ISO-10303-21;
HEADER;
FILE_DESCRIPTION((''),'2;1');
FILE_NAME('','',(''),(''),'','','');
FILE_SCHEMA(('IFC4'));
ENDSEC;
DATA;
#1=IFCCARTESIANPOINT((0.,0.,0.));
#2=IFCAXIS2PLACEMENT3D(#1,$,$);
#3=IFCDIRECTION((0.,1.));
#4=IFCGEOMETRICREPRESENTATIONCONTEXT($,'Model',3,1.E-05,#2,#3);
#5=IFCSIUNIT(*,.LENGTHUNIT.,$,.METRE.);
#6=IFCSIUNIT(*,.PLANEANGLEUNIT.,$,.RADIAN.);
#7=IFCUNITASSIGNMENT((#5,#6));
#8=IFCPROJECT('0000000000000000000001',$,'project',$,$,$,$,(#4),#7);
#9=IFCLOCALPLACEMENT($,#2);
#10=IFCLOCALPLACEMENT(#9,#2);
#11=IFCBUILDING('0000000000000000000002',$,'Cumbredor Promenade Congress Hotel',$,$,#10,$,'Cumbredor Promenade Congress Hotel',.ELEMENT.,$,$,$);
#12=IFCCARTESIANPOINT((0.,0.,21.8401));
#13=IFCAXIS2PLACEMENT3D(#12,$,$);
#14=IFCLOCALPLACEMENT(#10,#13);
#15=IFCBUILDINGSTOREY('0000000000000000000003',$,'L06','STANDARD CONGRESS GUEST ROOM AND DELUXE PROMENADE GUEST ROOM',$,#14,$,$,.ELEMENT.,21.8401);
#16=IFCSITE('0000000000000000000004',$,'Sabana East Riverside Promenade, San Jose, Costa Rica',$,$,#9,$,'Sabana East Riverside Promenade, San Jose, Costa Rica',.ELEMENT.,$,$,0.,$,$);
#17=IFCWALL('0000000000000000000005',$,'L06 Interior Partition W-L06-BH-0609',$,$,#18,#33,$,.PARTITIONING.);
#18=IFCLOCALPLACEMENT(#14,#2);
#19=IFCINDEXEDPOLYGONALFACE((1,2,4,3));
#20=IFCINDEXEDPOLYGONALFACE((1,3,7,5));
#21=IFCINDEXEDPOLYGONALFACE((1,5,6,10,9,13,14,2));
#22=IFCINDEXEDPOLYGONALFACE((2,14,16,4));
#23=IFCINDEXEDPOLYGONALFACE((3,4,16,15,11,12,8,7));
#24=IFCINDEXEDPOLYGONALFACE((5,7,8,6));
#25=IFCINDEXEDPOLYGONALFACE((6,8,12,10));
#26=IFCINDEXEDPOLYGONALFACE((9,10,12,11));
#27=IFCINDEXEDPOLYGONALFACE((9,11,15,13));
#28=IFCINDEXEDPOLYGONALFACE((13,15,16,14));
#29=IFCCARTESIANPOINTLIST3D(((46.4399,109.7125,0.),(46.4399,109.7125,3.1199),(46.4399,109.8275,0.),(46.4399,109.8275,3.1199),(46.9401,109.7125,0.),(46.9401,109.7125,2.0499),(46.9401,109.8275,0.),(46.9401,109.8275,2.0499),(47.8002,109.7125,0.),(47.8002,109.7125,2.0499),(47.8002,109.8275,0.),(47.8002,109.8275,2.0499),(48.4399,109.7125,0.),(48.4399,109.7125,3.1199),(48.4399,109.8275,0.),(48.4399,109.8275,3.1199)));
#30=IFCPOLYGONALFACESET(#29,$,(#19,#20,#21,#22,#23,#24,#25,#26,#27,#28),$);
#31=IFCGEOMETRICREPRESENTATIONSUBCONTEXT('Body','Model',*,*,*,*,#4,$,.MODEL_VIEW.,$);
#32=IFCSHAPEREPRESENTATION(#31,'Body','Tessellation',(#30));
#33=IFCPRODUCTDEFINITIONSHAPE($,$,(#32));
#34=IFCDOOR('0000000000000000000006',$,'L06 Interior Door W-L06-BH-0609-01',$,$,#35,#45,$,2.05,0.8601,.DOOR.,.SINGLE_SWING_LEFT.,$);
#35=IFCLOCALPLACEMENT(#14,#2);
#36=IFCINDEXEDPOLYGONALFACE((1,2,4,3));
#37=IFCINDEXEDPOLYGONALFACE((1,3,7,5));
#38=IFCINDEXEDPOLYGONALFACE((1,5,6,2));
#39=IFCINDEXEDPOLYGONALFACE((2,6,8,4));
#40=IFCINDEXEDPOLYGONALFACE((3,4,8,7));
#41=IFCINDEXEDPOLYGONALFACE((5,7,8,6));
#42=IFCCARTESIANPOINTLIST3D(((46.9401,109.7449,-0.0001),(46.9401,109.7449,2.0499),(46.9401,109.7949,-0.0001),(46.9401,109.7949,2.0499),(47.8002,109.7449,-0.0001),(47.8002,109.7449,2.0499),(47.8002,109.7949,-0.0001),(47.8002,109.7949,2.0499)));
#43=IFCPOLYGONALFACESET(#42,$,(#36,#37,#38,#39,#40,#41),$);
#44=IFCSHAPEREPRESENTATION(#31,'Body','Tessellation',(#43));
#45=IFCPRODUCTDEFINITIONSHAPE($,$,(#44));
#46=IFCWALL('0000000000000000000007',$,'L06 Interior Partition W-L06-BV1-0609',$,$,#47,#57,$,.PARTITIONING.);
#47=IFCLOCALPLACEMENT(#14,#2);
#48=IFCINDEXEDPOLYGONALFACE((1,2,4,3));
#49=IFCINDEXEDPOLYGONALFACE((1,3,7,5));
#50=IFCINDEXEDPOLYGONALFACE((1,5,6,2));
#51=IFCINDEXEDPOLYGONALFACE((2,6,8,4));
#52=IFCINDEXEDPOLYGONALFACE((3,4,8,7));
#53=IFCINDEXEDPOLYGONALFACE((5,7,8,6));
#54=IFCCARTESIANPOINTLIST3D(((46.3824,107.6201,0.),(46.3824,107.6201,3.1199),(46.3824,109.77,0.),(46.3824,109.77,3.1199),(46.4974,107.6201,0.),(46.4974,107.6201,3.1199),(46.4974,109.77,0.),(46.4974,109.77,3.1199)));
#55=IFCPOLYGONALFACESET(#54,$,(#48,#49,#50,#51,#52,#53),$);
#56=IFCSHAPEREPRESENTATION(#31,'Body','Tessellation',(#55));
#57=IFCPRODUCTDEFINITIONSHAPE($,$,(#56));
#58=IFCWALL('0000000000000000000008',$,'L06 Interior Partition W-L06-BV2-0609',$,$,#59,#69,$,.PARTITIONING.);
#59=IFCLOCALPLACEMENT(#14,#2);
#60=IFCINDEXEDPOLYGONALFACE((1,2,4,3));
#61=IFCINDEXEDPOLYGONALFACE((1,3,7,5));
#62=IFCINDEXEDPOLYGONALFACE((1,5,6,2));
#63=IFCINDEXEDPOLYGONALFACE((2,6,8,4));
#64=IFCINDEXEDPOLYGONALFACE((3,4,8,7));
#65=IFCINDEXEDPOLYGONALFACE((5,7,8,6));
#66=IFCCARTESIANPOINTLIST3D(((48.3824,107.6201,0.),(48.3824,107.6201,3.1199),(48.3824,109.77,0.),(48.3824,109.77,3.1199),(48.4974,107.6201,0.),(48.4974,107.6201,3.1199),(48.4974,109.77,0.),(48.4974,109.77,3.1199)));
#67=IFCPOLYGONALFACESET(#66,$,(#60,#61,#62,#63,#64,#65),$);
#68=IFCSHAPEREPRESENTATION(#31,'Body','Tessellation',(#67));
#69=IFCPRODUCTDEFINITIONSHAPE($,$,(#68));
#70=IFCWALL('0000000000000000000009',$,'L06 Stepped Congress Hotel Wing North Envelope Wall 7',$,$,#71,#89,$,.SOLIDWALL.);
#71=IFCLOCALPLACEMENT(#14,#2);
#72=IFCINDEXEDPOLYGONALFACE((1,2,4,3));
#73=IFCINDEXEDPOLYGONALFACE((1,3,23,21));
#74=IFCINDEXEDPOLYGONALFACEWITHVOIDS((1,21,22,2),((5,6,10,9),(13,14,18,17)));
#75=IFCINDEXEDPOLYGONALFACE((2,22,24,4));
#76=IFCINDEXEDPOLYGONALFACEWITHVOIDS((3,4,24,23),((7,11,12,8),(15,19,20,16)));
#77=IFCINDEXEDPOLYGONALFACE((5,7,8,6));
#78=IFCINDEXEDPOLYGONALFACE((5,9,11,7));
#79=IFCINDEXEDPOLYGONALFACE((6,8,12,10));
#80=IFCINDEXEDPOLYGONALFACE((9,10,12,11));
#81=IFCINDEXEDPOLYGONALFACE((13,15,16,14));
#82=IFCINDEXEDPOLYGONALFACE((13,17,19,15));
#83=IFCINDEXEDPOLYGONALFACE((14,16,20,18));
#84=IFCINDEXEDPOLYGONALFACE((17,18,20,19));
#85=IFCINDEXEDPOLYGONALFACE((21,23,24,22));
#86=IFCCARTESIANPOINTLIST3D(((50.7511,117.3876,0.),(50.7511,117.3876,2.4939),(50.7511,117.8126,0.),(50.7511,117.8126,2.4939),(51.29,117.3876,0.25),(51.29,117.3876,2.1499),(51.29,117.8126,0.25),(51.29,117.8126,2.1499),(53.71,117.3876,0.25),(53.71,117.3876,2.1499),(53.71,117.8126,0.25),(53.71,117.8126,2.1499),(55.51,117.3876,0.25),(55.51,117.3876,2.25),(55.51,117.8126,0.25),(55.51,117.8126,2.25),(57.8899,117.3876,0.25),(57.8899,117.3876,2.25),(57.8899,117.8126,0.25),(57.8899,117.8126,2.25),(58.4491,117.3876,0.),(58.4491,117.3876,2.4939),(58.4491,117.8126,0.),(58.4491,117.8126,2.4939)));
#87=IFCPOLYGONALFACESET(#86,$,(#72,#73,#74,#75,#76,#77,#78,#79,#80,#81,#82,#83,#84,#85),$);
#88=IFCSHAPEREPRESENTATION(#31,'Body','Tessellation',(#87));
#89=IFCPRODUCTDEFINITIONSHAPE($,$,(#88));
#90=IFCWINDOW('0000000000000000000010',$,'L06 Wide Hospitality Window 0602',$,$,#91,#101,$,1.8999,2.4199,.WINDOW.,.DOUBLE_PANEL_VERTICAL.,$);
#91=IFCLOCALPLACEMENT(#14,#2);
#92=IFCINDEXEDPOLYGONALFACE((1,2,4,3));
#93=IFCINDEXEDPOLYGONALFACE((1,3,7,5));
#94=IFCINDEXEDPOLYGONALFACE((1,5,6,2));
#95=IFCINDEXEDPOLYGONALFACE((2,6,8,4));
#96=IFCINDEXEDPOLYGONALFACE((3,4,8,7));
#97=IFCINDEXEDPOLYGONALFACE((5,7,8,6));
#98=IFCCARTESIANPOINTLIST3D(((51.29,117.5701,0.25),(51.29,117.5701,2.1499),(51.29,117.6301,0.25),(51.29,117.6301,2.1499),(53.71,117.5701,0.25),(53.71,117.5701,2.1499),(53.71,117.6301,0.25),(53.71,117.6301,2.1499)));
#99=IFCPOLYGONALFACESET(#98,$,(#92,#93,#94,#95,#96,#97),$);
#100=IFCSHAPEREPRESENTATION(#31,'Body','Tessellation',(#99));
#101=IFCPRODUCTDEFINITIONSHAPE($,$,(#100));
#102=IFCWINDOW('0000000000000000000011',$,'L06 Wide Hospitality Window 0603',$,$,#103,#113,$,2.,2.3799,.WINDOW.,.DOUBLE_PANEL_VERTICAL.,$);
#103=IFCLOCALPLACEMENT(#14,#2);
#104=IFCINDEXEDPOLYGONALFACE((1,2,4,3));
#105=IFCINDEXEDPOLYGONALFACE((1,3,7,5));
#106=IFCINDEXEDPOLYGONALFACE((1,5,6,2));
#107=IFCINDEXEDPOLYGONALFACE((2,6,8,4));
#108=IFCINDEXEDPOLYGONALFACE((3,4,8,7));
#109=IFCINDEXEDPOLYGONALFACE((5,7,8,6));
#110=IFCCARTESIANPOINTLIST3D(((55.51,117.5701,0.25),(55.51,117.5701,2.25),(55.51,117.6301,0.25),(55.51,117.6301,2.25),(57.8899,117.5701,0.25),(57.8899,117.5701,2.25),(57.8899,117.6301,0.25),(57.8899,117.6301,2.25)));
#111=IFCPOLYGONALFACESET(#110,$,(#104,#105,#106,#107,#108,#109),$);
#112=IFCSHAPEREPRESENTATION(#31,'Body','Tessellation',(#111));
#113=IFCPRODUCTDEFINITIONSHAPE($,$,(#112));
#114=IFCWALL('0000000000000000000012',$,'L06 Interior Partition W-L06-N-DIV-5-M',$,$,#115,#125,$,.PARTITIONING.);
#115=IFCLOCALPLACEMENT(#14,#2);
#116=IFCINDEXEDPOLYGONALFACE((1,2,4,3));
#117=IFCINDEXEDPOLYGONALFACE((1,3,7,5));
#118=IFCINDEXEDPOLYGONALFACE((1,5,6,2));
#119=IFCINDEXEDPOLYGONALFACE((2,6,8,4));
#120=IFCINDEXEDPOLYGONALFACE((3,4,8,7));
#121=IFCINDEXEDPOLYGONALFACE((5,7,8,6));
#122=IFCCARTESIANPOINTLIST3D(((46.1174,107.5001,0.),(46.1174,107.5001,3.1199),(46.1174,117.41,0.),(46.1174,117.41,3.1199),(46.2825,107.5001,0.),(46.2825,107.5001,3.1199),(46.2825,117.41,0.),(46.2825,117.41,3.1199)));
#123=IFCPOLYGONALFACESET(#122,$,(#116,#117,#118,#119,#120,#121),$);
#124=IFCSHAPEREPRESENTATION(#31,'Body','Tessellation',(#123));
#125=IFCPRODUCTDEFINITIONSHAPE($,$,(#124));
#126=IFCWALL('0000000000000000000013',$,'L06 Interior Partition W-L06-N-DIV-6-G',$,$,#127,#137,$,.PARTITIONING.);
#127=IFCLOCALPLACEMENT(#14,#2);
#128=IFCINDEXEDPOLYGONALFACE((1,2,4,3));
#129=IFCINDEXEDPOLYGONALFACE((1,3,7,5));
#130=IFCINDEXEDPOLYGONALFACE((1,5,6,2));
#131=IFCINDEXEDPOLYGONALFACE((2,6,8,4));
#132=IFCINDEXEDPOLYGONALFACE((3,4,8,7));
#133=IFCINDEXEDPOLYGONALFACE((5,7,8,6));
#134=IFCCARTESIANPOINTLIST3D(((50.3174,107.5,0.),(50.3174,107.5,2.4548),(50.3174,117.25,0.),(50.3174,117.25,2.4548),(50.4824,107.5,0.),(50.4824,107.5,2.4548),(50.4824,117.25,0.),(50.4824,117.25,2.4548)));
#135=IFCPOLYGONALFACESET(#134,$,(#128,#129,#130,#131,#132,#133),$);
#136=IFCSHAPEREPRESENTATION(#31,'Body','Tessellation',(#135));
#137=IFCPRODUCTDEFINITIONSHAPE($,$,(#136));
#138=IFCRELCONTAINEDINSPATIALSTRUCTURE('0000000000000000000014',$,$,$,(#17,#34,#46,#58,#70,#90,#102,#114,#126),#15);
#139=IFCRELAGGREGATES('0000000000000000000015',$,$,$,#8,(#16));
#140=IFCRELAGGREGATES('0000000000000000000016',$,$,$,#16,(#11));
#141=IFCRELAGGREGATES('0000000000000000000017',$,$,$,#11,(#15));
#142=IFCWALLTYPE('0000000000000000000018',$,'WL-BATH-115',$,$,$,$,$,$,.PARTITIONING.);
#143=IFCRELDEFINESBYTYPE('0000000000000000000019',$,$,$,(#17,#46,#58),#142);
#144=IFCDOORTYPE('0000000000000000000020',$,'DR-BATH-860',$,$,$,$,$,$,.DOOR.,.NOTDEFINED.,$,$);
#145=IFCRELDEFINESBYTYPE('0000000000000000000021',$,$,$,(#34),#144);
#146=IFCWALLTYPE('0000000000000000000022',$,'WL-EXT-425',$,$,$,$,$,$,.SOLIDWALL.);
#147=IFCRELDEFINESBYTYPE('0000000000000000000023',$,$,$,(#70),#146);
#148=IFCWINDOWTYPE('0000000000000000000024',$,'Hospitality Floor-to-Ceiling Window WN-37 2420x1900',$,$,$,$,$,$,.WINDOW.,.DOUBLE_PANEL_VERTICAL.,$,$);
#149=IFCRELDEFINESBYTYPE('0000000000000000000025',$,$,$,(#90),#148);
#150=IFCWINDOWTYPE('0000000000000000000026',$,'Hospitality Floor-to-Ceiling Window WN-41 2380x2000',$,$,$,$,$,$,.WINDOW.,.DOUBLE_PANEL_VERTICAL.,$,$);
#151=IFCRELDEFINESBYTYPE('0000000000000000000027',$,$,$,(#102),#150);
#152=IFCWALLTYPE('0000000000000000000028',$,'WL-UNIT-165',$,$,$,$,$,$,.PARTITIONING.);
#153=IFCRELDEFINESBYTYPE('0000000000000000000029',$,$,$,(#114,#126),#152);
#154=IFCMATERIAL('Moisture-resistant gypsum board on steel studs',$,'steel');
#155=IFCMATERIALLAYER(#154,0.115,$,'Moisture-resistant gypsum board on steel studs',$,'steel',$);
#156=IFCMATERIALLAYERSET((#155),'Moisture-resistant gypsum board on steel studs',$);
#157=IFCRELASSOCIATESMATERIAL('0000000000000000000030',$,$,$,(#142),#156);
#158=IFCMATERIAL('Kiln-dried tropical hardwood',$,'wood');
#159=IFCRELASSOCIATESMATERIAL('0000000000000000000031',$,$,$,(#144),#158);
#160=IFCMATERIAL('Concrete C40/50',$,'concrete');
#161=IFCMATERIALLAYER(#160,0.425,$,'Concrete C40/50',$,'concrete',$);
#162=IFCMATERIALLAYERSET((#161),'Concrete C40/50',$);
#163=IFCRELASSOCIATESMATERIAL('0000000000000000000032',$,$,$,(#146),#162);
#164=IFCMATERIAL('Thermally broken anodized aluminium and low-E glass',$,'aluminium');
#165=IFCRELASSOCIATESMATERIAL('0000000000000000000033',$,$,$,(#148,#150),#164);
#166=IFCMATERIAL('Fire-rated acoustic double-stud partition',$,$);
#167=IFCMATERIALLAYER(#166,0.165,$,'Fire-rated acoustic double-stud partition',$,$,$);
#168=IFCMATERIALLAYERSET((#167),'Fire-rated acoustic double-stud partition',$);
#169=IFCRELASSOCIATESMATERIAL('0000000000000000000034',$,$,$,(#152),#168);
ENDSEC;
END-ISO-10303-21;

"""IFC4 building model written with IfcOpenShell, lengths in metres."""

from ifc_helpers import new_model, si_unit, direction, frame, frame_2d, origin, place, context, subcontext, project, spatial, rectangle, extrude, material, layer, layer_set, type_object, element, fill, save


model = new_model("IFC4")

# Units and contexts
model_context = context("Model", 3, precision=1e-05, world=origin(), true_north=direction((0.0, 1.0)))
body_context = subcontext(model_context, "Body", "Model", "MODEL_VIEW")
ifc_project = project(units=[si_unit("LENGTHUNIT", "METRE"), si_unit("PLANEANGLEUNIT", "RADIAN")], contexts=[model_context])

# Site, building, storey
site_placement = place(None, origin())
site = spatial("IfcSite", under=ifc_project, at=site_placement, Name="Sabana East Riverside Promenade, San Jose, Costa Rica", LongName="Sabana East Riverside Promenade, San Jose, Costa Rica", CompositionType="ELEMENT", RefElevation=0.0)
building_placement = place(site_placement, origin())
building = spatial("IfcBuilding", under=site, at=building_placement, Name="Cumbredor Promenade Congress Hotel", LongName="Cumbredor Promenade Congress Hotel", CompositionType="ELEMENT")
storey_placement = place(building_placement, frame((0.0, 0.0, 21.8401)))
storey = spatial("IfcBuildingStorey", under=building, at=storey_placement, Name="L06", Description="STANDARD CONGRESS GUEST ROOM AND DELUXE PROMENADE GUEST ROOM", CompositionType="ELEMENT", Elevation=21.8401)

# Shared definitions
ifc_material_1 = material(Name="Concrete C40/50", Category="concrete")

# Shared definitions
ifc_material_2 = material(Name="Thermally broken anodized aluminium and low-E glass", Category="aluminium")

# Shared definitions
ifc_material_3 = material(Name="Kiln-dried tropical hardwood", Category="wood")

# Shared definitions
ifc_material_4 = material(Name="Moisture-resistant gypsum board on steel studs", Category="steel")
ifc_layer_1 = layer(ifc_material_4, 0.115, Name="Moisture-resistant gypsum board on steel studs", Category="steel")
ifc_layer_set_1 = layer_set([ifc_layer_1], Name="Moisture-resistant gypsum board on steel studs")
wall_type_1 = type_object("IfcWallType", Name="WL-BATH-115", PredefinedType="PARTITIONING", material=ifc_layer_set_1)

# Wall, opening, door
wall_1_placement = place(storey_placement, frame((46.4399, 109.77, 0.0), z_axis=(0.0, 0.0, 1.0), x_axis=(1.0, 0.0, 0.0)))
wall_1 = element("IfcWall", 1, at=wall_1_placement, inside=storey, type_object=wall_type_1, Name="L06 Interior Partition W-L06-BH-0609", PredefinedType="PARTITIONING", context=body_context, shape_type="SweptSolid", body=[
    extrude(rectangle(XDim=2.0, YDim=0.115, at=frame_2d((1.0, 0.0))), origin(), (0.0, 0.0, 1.0), 3.1199),
])
opening_1_placement = place(wall_1_placement, frame((0.5, 0.0, 0.0)))
opening_1 = element("IfcOpeningElement", 2, at=opening_1_placement, cuts=wall_1, PredefinedType="OPENING", context=body_context, shape_type="SweptSolid", body=[
    extrude(rectangle(XDim=0.8601, YDim=2.05, at=frame_2d((0.4302, 1.0249))), frame((0.0, 0.0674, 0.0), z_axis=(0.0, -1.0, 0.0), x_axis=(1.0, 0.0, 0.0)), (0.0, 0.0, 1.0), 0.135),
])
door_type = type_object("IfcDoorType", Name="DR-BATH-860", OperationType="NOTDEFINED", PredefinedType="DOOR", material=ifc_material_3)
door_placement = place(opening_1_placement, origin())
door = element("IfcDoor", 3, at=door_placement, inside=storey, type_object=door_type, Name="L06 Interior Door W-L06-BH-0609-01", OperationType="SINGLE_SWING_LEFT", OverallHeight=2.05, OverallWidth=0.8601, PredefinedType="DOOR", context=body_context, shape_type="SweptSolid", body=[
    extrude(rectangle(XDim=0.8601, YDim=2.05, at=frame_2d((0.4302, 1.0249))), frame((0.0, 0.0249, 0.0), z_axis=(0.0, -1.0, 0.0), x_axis=(1.0, 0.0, 0.0)), (0.0, 0.0, 1.0), 0.05),
])
fill(opening_1, door)

# Walls
for number, where, z_axis, x_axis, name in (
    (4, (46.4399, 107.6201, 0.0), (0.0, 0.0, 1.0), (0.0, 1.0, 0.0), "L06 Interior Partition W-L06-BV1-0609"),
    (5, (48.4399, 107.6201, 0.0), (0.0, 0.0, 1.0), (0.0, 1.0, 0.0), "L06 Interior Partition W-L06-BV2-0609"),
):
    element("IfcWall", number, at=place(storey_placement, frame(where, z_axis=z_axis, x_axis=x_axis)), inside=storey, type_object=wall_type_1, Name=name, PredefinedType="PARTITIONING", context=body_context, shape_type="SweptSolid", body=[
        extrude(rectangle(XDim=2.1499, YDim=0.115, at=frame_2d((1.075, 0.0))), origin(), (0.0, 0.0, 1.0), 3.1199),
    ])

# Wall, openings, windows
ifc_layer_2 = layer(ifc_material_1, 0.425, Name="Concrete C40/50", Category="concrete")
ifc_layer_set_2 = layer_set([ifc_layer_2], Name="Concrete C40/50")
wall_type_2 = type_object("IfcWallType", Name="WL-EXT-425", PredefinedType="SOLIDWALL", material=ifc_layer_set_2)
wall_2_placement = place(storey_placement, frame((50.751, 117.6001, 0.0), z_axis=(0.0, 0.0, 1.0), x_axis=(1.0, 0.0, 0.0)))
wall_2 = element("IfcWall", 6, at=wall_2_placement, inside=storey, type_object=wall_type_2, Name="L06 Stepped Congress Hotel Wing North Envelope Wall 7", PredefinedType="SOLIDWALL", context=body_context, shape_type="SweptSolid", body=[
    extrude(rectangle(XDim=7.698, YDim=0.425, at=frame_2d((3.8491, 0.0))), origin(), (0.0, 0.0, 1.0), 2.4939),
])
opening_2_placement = place(wall_2_placement, frame((0.5391, 0.0, 0.25)))
opening_2 = element("IfcOpeningElement", 7, at=opening_2_placement, cuts=wall_2, PredefinedType="OPENING", context=body_context, shape_type="SweptSolid", body=[
    extrude(rectangle(XDim=2.4199, YDim=1.8999, at=frame_2d((1.21, 0.95))), frame((0.0, 0.2227, 0.0), z_axis=(0.0, -1.0, 0.0), x_axis=(1.0, 0.0, 0.0)), (0.0, 0.0, 1.0), 0.4451),
])
opening_3_placement = place(wall_2_placement, frame((4.759, 0.0, 0.25)))
opening_3 = element("IfcOpeningElement", 8, at=opening_3_placement, cuts=wall_2, PredefinedType="OPENING", context=body_context, shape_type="SweptSolid", body=[
    extrude(rectangle(XDim=2.3799, YDim=2.0, at=frame_2d((1.1899, 1.0))), frame((0.0, 0.2227, 0.0), z_axis=(0.0, -1.0, 0.0), x_axis=(1.0, 0.0, 0.0)), (0.0, 0.0, 1.0), 0.4451),
])
window_type_1 = type_object("IfcWindowType", Name="Hospitality Floor-to-Ceiling Window WN-37 2420x1900", PartitioningType="DOUBLE_PANEL_VERTICAL", PredefinedType="WINDOW", material=ifc_material_2)
window_1_placement = place(opening_2_placement, origin())
window_1 = element("IfcWindow", 9, at=window_1_placement, inside=storey, type_object=window_type_1, Name="L06 Wide Hospitality Window 0602", OverallHeight=1.8999, OverallWidth=2.4199, PartitioningType="DOUBLE_PANEL_VERTICAL", PredefinedType="WINDOW", context=body_context, shape_type="SweptSolid", body=[
    extrude(rectangle(XDim=2.4199, YDim=1.8999, at=frame_2d((1.21, 0.95))), frame((0.0, 0.03, 0.0), z_axis=(0.0, -1.0, 0.0), x_axis=(1.0, 0.0, 0.0)), (0.0, 0.0, 1.0), 0.0601),
])
fill(opening_2, window_1)
window_type_2 = type_object("IfcWindowType", Name="Hospitality Floor-to-Ceiling Window WN-41 2380x2000", PartitioningType="DOUBLE_PANEL_VERTICAL", PredefinedType="WINDOW", material=ifc_material_2)
window_2_placement = place(opening_3_placement, origin())
window_2 = element("IfcWindow", 10, at=window_2_placement, inside=storey, type_object=window_type_2, Name="L06 Wide Hospitality Window 0603", OverallHeight=2.0, OverallWidth=2.3799, PartitioningType="DOUBLE_PANEL_VERTICAL", PredefinedType="WINDOW", context=body_context, shape_type="SweptSolid", body=[
    extrude(rectangle(XDim=2.3799, YDim=2.0, at=frame_2d((1.1899, 1.0))), frame((0.0, 0.03, 0.0), z_axis=(0.0, -1.0, 0.0), x_axis=(1.0, 0.0, 0.0)), (0.0, 0.0, 1.0), 0.0601),
])
fill(opening_3, window_2)

# Walls
ifc_material_5 = material(Name="Fire-rated acoustic double-stud partition")
ifc_layer_3 = layer(ifc_material_5, 0.165, Name="Fire-rated acoustic double-stud partition")
ifc_layer_set_3 = layer_set([ifc_layer_3], Name="Fire-rated acoustic double-stud partition")
wall_type_3 = type_object("IfcWallType", Name="WL-UNIT-165", PredefinedType="PARTITIONING", material=ifc_layer_set_3)
wall_3_placement = place(storey_placement, frame((46.2, 107.5, 0.0), z_axis=(0.0, 0.0, 1.0), x_axis=(0.0, 1.0, 0.0)))
element("IfcWall", 11, at=wall_3_placement, inside=storey, type_object=wall_type_3, Name="L06 Interior Partition W-L06-N-DIV-5-M", PredefinedType="PARTITIONING", context=body_context, shape_type="SweptSolid", body=[
    extrude(rectangle(XDim=9.9099, YDim=0.165, at=frame_2d((4.9551, 0.0))), origin(), (0.0, 0.0, 1.0), 3.1199),
])
wall_4_placement = place(storey_placement, frame((50.3999, 107.5, 0.0), z_axis=(0.0, 0.0, 1.0), x_axis=(0.0, 1.0, 0.0)))
element("IfcWall", 12, at=wall_4_placement, inside=storey, type_object=wall_type_3, Name="L06 Interior Partition W-L06-N-DIV-6-G", PredefinedType="PARTITIONING", context=body_context, shape_type="SweptSolid", body=[
    extrude(rectangle(XDim=9.75, YDim=0.165, at=frame_2d((4.875, 0.0))), origin(), (0.0, 0.0, 1.0), 2.4548),
])

save(model, "model.ifc")
